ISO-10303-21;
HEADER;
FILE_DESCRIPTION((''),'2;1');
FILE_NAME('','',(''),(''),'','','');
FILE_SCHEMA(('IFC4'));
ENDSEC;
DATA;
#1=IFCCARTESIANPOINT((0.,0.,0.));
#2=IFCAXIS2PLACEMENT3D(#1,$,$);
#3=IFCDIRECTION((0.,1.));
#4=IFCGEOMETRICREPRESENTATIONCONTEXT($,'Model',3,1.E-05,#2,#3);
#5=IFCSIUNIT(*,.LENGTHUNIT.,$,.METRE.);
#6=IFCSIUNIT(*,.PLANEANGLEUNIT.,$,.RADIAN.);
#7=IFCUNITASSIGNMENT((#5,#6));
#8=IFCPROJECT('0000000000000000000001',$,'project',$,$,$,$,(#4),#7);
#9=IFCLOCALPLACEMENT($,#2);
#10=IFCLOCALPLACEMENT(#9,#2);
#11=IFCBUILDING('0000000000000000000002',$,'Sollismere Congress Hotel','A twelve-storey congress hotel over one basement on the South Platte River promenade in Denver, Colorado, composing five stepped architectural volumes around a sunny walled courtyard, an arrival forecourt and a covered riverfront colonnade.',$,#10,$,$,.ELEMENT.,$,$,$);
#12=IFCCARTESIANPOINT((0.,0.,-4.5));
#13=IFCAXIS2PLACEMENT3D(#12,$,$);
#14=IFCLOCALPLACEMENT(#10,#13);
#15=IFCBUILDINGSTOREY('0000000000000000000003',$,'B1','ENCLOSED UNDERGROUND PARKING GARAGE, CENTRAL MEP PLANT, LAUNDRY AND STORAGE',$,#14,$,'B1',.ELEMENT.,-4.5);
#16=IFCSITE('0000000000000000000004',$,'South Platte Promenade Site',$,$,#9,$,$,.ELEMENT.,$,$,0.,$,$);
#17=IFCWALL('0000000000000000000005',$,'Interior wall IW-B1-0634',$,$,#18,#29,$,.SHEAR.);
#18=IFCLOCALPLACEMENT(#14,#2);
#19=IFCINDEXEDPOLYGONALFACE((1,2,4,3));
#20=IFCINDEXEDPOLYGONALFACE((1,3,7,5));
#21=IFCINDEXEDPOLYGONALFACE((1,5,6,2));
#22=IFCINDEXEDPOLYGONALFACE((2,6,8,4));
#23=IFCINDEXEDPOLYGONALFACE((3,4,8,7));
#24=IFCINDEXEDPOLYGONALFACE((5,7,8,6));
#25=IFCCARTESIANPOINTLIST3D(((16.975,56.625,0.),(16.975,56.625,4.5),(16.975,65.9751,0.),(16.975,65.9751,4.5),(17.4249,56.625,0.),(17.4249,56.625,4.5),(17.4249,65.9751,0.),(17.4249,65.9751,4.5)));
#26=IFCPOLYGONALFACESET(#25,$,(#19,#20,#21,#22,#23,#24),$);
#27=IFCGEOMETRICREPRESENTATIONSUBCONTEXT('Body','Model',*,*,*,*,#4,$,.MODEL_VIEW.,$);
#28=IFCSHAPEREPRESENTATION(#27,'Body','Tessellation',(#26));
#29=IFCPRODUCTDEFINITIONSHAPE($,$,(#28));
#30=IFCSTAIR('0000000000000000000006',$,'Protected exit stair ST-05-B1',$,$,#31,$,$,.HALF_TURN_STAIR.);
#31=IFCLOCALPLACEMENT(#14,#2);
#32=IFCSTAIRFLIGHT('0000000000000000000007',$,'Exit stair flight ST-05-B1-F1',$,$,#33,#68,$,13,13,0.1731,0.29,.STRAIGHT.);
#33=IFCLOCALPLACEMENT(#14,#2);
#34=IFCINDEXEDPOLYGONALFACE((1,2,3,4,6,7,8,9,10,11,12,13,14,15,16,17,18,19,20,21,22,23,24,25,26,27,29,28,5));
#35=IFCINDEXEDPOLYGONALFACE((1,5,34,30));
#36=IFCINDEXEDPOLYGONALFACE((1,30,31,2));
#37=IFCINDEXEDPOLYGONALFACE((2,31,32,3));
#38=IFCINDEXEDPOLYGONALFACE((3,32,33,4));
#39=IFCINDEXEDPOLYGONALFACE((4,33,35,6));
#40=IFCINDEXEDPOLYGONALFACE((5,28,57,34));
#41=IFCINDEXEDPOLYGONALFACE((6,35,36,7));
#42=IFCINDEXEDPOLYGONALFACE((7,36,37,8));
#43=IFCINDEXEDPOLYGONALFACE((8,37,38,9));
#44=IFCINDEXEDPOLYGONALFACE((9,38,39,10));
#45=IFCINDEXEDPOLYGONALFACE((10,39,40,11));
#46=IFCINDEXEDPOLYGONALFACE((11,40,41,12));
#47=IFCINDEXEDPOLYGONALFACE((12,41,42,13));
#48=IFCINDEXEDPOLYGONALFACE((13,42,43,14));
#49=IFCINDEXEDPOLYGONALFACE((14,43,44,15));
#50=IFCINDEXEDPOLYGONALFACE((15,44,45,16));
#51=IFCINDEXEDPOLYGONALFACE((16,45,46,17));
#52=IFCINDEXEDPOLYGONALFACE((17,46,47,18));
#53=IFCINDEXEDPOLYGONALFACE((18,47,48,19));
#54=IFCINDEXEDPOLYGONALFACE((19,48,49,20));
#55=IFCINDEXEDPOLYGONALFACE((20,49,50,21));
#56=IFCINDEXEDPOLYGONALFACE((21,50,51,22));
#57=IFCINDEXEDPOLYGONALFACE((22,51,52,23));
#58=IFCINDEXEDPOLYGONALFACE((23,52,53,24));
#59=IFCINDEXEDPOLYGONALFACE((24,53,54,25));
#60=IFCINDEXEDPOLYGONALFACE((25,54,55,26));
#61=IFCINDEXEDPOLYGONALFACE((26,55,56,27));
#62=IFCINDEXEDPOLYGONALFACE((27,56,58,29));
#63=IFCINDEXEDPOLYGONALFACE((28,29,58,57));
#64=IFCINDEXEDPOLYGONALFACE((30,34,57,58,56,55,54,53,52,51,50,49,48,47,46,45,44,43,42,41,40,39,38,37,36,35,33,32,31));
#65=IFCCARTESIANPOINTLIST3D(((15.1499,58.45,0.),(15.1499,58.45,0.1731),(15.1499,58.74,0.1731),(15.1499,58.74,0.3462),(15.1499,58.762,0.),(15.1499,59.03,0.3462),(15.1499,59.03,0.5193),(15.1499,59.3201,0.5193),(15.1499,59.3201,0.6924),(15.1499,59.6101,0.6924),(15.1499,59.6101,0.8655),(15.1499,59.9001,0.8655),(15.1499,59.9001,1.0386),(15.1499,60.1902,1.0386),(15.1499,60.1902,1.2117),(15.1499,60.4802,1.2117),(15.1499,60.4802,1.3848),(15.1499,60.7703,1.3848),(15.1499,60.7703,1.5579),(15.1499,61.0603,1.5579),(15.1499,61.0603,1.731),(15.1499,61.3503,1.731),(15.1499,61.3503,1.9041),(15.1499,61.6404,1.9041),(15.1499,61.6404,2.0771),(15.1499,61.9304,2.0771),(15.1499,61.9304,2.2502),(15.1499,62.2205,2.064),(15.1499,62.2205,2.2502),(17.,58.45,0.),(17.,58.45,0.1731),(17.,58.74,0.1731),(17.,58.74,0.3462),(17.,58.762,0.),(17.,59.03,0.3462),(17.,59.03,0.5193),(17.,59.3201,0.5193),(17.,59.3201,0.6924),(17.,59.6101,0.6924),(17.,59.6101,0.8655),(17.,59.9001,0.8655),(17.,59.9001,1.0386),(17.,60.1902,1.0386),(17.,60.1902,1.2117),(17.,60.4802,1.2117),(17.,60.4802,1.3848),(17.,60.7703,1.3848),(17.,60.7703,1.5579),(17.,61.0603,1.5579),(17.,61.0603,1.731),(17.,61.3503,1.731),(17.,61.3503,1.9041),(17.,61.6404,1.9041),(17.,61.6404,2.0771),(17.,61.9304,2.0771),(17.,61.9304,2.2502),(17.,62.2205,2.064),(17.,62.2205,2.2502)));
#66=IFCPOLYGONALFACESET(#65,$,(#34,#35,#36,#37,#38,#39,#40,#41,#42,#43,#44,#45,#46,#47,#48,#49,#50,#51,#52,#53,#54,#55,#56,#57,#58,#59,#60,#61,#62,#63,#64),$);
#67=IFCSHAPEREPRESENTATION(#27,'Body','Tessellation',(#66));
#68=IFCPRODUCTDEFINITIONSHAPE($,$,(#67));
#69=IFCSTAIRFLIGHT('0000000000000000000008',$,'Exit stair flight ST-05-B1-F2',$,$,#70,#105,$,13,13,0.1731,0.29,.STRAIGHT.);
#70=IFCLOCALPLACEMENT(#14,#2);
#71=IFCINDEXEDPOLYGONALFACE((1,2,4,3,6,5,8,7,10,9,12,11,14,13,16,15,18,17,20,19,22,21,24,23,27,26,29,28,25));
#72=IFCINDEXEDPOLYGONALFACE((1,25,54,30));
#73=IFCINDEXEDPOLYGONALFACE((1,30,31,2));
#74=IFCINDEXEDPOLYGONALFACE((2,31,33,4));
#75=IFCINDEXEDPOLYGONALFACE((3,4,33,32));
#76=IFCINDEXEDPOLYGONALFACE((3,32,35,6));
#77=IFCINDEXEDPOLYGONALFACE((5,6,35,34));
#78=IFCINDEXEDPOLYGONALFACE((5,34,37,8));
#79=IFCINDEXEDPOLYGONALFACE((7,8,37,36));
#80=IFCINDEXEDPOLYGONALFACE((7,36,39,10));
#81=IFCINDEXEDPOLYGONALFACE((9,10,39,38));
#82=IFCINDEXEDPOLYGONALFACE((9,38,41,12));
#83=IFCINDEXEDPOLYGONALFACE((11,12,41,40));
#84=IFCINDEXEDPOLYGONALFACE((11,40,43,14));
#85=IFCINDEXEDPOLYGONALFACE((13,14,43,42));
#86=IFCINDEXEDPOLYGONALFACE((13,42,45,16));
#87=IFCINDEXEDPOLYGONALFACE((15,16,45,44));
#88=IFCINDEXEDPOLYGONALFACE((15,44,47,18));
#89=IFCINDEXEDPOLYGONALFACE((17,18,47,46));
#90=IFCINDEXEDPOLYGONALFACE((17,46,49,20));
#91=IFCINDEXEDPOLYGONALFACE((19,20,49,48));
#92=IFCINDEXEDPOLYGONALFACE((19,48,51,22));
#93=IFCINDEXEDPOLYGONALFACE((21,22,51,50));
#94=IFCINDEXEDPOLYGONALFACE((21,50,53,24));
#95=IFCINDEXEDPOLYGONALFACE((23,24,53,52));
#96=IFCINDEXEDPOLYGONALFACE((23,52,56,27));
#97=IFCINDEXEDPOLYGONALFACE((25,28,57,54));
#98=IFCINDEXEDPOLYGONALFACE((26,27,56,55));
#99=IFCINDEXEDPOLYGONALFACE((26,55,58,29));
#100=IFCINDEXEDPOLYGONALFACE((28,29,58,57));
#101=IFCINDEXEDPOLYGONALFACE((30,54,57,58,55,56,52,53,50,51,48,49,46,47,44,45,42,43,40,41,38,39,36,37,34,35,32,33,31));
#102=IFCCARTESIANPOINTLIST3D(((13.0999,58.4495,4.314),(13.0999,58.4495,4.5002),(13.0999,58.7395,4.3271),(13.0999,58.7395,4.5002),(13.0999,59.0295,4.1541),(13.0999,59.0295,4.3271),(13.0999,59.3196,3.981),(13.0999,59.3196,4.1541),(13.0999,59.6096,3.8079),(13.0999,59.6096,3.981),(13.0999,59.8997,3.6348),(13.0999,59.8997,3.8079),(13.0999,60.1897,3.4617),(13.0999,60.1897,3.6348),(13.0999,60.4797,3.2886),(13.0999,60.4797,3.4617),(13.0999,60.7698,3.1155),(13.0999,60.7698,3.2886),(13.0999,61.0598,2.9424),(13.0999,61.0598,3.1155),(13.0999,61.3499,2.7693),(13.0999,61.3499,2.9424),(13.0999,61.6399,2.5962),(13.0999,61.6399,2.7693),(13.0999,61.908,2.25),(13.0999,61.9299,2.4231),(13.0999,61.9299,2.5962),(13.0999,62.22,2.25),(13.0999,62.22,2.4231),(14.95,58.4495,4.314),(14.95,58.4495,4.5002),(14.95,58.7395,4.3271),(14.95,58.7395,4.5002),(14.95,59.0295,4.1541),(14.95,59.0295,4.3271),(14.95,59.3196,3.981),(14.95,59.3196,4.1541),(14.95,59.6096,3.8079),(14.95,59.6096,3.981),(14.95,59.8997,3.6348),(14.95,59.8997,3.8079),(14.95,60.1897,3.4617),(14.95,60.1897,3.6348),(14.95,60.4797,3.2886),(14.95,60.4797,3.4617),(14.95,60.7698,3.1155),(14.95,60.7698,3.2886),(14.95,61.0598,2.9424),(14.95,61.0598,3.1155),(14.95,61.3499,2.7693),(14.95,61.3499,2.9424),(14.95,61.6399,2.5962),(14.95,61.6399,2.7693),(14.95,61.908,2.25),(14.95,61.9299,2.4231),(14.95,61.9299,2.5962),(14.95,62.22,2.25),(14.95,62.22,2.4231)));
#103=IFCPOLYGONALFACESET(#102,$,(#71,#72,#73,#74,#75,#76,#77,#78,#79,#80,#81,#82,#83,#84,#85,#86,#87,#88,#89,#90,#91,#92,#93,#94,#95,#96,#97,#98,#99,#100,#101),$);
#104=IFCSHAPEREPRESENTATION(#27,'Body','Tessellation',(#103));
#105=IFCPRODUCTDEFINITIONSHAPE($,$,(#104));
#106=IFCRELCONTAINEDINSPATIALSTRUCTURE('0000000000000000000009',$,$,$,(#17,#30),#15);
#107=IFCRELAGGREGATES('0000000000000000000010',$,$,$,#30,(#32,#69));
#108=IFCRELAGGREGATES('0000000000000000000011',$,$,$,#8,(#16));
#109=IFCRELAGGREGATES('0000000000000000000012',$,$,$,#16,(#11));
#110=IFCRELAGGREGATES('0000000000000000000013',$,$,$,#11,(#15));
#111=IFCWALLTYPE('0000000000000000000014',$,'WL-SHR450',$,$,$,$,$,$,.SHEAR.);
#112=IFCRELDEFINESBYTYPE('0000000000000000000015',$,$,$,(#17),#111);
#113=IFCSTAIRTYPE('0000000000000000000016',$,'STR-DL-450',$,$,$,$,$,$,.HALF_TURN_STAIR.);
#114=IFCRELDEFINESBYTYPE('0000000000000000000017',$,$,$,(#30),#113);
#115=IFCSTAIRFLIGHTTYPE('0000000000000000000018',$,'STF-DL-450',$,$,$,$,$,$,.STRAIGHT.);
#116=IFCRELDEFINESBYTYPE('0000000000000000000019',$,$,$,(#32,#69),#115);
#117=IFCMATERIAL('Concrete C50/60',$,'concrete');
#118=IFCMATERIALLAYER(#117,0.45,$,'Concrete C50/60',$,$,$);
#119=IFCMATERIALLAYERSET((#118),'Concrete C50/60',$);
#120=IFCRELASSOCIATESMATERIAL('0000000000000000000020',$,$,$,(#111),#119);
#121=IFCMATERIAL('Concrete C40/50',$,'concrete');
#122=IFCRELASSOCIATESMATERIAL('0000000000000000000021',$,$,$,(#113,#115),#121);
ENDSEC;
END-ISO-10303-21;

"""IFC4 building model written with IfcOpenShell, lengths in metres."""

from ifc_helpers import new_model, si_unit, direction, frame, frame_2d, origin, place, context, subcontext, project, spatial, polyline, rectangle, outline, extrude, material, layer, layer_set, type_object, element, aggregate, save


model = new_model("IFC4")

# Units and contexts
model_context = context("Model", 3, precision=1e-05, world=origin(), true_north=direction((0.0, 1.0)))
body_context = subcontext(model_context, "Body", "Model", "MODEL_VIEW")
ifc_project = project(units=[si_unit("LENGTHUNIT", "METRE"), si_unit("PLANEANGLEUNIT", "RADIAN")], contexts=[model_context])

# Site, building, storey
site_placement = place(None, origin())
site = spatial("IfcSite", under=ifc_project, at=site_placement, Name="South Platte Promenade Site", CompositionType="ELEMENT", RefElevation=0.0)
building_placement = place(site_placement, origin())
building = spatial("IfcBuilding", under=site, at=building_placement, Name="Sollismere Congress Hotel", Description="A twelve-storey congress hotel over one basement on the South Platte River promenade in Denver, Colorado, composing five stepped architectural volumes around a sunny walled courtyard, an arrival forecourt and a covered riverfront colonnade.", CompositionType="ELEMENT")
storey_placement = place(building_placement, frame((0.0, 0.0, -4.5)))
storey = spatial("IfcBuildingStorey", under=building, at=storey_placement, Name="B1", Description="ENCLOSED UNDERGROUND PARKING GARAGE, CENTRAL MEP PLANT, LAUNDRY AND STORAGE", LongName="B1", CompositionType="ELEMENT", Elevation=-4.5)

# Shared definitions
ifc_material_1 = material(Name="Concrete C40/50", Category="concrete")

# Shared definitions
ifc_material_2 = material(Name="Concrete C50/60", Category="concrete")

# Wall
ifc_layer_1 = layer(ifc_material_2, 0.45, Name="Concrete C50/60")
ifc_layer_set_1 = layer_set([ifc_layer_1], Name="Concrete C50/60")
wall_type_1 = type_object("IfcWallType", Name="WL-SHR450", PredefinedType="SHEAR", material=ifc_layer_set_1)
wall_1_placement = place(storey_placement, frame((17.2, 56.625, 0.0), z_axis=(0.0, 0.0, 1.0), x_axis=(0.0, 1.0, 0.0)))
element("IfcWall", 1, at=wall_1_placement, inside=storey, type_object=wall_type_1, Name="Interior wall IW-B1-0634", PredefinedType="SHEAR", context=body_context, shape_type="SweptSolid", body=[
    extrude(rectangle(XDim=9.3501, YDim=0.45, at=frame_2d((4.675, 0.0))), origin(), (0.0, 0.0, 1.0), 4.5),
])

# Stair, stair flights
stair_type = type_object("IfcStairType", Name="STR-DL-450", PredefinedType="HALF_TURN_STAIR", material=ifc_material_1)
stair_placement = place(storey_placement, origin())
stair = element("IfcStair", 2, at=stair_placement, inside=storey, type_object=stair_type, Name="Protected exit stair ST-05-B1", PredefinedType="HALF_TURN_STAIR")
stair_flight_type = type_object("IfcStairFlightType", Name="STF-DL-450", PredefinedType="STRAIGHT", material=ifc_material_1)
stair_flight_1_placement = place(storey_placement, frame((16.075, 58.45, 0.0), z_axis=(0.0, 0.0, 1.0), x_axis=(0.0, 1.0, 0.0)))
stair_flight_1 = element("IfcStairFlight", 3, at=stair_flight_1_placement, type_object=stair_flight_type, Name="Exit stair flight ST-05-B1-F1", NumberOfRisers=13, NumberOfTreads=13, PredefinedType="STRAIGHT", RiserHeight=0.1731, TreadLength=0.29, context=body_context, shape_type="SweptSolid", body=[
    extrude(outline(polyline([(0.0, 0.0), (0.0, 0.1731), (0.29, 0.1731), (0.29, 0.3462), (0.5801, 0.3462), (0.5801, 0.5193), (0.8701, 0.5193), (0.8701, 0.6924), (1.1602, 0.6924), (1.1602, 0.8655), (1.4502, 0.8655), (1.4502, 1.0386), (1.7402, 1.0386), (1.7402, 1.2117), (2.0303, 1.2117), (2.0303, 1.3848), (2.3203, 1.3848), (2.3203, 1.5579), (2.6104, 1.5579), (2.6104, 1.731), (2.9004, 1.731), (2.9004, 1.9041), (3.1904, 1.9041), (3.1904, 2.0771), (3.4805, 2.0771), (3.4805, 2.2502), (3.7705, 2.2502), (3.7705, 2.064), (0.312, 0.0), (0.0, 0.0)])), frame((0.0, 0.925, 0.0), z_axis=(0.0, -1.0, 0.0), x_axis=(1.0, 0.0, 0.0)), (0.0, 0.0, 1.0), 1.8501),
])
stair_flight_2_placement = place(storey_placement, frame((14.0249, 62.22, 2.25), z_axis=(0.0, 0.0, 1.0), x_axis=(0.0, -1.0, 0.0)))
stair_flight_2 = element("IfcStairFlight", 4, at=stair_flight_2_placement, type_object=stair_flight_type, Name="Exit stair flight ST-05-B1-F2", NumberOfRisers=13, NumberOfTreads=13, PredefinedType="STRAIGHT", RiserHeight=0.1731, TreadLength=0.29, context=body_context, shape_type="SweptSolid", body=[
    extrude(outline(polyline([(0.0, 0.0), (0.0, 0.1731), (0.29, 0.1731), (0.29, 0.3462), (0.5801, 0.3462), (0.5801, 0.5193), (0.8701, 0.5193), (0.8701, 0.6924), (1.1602, 0.6924), (1.1602, 0.8655), (1.4502, 0.8655), (1.4502, 1.0386), (1.7402, 1.0386), (1.7402, 1.2117), (2.0303, 1.2117), (2.0303, 1.3848), (2.3203, 1.3848), (2.3203, 1.5579), (2.6104, 1.5579), (2.6104, 1.731), (2.9004, 1.731), (2.9004, 1.9041), (3.1904, 1.9041), (3.1904, 2.0771), (3.4805, 2.0771), (3.4805, 2.2502), (3.7705, 2.2502), (3.7705, 2.064), (0.312, 0.0), (0.0, 0.0)])), frame((0.0, 0.925, 0.0), z_axis=(0.0, -1.0, 0.0), x_axis=(1.0, 0.0, 0.0)), (0.0, 0.0, 1.0), 1.8501),
])
aggregate(stair, [stair_flight_1, stair_flight_2])

save(model, "model.ifc")
